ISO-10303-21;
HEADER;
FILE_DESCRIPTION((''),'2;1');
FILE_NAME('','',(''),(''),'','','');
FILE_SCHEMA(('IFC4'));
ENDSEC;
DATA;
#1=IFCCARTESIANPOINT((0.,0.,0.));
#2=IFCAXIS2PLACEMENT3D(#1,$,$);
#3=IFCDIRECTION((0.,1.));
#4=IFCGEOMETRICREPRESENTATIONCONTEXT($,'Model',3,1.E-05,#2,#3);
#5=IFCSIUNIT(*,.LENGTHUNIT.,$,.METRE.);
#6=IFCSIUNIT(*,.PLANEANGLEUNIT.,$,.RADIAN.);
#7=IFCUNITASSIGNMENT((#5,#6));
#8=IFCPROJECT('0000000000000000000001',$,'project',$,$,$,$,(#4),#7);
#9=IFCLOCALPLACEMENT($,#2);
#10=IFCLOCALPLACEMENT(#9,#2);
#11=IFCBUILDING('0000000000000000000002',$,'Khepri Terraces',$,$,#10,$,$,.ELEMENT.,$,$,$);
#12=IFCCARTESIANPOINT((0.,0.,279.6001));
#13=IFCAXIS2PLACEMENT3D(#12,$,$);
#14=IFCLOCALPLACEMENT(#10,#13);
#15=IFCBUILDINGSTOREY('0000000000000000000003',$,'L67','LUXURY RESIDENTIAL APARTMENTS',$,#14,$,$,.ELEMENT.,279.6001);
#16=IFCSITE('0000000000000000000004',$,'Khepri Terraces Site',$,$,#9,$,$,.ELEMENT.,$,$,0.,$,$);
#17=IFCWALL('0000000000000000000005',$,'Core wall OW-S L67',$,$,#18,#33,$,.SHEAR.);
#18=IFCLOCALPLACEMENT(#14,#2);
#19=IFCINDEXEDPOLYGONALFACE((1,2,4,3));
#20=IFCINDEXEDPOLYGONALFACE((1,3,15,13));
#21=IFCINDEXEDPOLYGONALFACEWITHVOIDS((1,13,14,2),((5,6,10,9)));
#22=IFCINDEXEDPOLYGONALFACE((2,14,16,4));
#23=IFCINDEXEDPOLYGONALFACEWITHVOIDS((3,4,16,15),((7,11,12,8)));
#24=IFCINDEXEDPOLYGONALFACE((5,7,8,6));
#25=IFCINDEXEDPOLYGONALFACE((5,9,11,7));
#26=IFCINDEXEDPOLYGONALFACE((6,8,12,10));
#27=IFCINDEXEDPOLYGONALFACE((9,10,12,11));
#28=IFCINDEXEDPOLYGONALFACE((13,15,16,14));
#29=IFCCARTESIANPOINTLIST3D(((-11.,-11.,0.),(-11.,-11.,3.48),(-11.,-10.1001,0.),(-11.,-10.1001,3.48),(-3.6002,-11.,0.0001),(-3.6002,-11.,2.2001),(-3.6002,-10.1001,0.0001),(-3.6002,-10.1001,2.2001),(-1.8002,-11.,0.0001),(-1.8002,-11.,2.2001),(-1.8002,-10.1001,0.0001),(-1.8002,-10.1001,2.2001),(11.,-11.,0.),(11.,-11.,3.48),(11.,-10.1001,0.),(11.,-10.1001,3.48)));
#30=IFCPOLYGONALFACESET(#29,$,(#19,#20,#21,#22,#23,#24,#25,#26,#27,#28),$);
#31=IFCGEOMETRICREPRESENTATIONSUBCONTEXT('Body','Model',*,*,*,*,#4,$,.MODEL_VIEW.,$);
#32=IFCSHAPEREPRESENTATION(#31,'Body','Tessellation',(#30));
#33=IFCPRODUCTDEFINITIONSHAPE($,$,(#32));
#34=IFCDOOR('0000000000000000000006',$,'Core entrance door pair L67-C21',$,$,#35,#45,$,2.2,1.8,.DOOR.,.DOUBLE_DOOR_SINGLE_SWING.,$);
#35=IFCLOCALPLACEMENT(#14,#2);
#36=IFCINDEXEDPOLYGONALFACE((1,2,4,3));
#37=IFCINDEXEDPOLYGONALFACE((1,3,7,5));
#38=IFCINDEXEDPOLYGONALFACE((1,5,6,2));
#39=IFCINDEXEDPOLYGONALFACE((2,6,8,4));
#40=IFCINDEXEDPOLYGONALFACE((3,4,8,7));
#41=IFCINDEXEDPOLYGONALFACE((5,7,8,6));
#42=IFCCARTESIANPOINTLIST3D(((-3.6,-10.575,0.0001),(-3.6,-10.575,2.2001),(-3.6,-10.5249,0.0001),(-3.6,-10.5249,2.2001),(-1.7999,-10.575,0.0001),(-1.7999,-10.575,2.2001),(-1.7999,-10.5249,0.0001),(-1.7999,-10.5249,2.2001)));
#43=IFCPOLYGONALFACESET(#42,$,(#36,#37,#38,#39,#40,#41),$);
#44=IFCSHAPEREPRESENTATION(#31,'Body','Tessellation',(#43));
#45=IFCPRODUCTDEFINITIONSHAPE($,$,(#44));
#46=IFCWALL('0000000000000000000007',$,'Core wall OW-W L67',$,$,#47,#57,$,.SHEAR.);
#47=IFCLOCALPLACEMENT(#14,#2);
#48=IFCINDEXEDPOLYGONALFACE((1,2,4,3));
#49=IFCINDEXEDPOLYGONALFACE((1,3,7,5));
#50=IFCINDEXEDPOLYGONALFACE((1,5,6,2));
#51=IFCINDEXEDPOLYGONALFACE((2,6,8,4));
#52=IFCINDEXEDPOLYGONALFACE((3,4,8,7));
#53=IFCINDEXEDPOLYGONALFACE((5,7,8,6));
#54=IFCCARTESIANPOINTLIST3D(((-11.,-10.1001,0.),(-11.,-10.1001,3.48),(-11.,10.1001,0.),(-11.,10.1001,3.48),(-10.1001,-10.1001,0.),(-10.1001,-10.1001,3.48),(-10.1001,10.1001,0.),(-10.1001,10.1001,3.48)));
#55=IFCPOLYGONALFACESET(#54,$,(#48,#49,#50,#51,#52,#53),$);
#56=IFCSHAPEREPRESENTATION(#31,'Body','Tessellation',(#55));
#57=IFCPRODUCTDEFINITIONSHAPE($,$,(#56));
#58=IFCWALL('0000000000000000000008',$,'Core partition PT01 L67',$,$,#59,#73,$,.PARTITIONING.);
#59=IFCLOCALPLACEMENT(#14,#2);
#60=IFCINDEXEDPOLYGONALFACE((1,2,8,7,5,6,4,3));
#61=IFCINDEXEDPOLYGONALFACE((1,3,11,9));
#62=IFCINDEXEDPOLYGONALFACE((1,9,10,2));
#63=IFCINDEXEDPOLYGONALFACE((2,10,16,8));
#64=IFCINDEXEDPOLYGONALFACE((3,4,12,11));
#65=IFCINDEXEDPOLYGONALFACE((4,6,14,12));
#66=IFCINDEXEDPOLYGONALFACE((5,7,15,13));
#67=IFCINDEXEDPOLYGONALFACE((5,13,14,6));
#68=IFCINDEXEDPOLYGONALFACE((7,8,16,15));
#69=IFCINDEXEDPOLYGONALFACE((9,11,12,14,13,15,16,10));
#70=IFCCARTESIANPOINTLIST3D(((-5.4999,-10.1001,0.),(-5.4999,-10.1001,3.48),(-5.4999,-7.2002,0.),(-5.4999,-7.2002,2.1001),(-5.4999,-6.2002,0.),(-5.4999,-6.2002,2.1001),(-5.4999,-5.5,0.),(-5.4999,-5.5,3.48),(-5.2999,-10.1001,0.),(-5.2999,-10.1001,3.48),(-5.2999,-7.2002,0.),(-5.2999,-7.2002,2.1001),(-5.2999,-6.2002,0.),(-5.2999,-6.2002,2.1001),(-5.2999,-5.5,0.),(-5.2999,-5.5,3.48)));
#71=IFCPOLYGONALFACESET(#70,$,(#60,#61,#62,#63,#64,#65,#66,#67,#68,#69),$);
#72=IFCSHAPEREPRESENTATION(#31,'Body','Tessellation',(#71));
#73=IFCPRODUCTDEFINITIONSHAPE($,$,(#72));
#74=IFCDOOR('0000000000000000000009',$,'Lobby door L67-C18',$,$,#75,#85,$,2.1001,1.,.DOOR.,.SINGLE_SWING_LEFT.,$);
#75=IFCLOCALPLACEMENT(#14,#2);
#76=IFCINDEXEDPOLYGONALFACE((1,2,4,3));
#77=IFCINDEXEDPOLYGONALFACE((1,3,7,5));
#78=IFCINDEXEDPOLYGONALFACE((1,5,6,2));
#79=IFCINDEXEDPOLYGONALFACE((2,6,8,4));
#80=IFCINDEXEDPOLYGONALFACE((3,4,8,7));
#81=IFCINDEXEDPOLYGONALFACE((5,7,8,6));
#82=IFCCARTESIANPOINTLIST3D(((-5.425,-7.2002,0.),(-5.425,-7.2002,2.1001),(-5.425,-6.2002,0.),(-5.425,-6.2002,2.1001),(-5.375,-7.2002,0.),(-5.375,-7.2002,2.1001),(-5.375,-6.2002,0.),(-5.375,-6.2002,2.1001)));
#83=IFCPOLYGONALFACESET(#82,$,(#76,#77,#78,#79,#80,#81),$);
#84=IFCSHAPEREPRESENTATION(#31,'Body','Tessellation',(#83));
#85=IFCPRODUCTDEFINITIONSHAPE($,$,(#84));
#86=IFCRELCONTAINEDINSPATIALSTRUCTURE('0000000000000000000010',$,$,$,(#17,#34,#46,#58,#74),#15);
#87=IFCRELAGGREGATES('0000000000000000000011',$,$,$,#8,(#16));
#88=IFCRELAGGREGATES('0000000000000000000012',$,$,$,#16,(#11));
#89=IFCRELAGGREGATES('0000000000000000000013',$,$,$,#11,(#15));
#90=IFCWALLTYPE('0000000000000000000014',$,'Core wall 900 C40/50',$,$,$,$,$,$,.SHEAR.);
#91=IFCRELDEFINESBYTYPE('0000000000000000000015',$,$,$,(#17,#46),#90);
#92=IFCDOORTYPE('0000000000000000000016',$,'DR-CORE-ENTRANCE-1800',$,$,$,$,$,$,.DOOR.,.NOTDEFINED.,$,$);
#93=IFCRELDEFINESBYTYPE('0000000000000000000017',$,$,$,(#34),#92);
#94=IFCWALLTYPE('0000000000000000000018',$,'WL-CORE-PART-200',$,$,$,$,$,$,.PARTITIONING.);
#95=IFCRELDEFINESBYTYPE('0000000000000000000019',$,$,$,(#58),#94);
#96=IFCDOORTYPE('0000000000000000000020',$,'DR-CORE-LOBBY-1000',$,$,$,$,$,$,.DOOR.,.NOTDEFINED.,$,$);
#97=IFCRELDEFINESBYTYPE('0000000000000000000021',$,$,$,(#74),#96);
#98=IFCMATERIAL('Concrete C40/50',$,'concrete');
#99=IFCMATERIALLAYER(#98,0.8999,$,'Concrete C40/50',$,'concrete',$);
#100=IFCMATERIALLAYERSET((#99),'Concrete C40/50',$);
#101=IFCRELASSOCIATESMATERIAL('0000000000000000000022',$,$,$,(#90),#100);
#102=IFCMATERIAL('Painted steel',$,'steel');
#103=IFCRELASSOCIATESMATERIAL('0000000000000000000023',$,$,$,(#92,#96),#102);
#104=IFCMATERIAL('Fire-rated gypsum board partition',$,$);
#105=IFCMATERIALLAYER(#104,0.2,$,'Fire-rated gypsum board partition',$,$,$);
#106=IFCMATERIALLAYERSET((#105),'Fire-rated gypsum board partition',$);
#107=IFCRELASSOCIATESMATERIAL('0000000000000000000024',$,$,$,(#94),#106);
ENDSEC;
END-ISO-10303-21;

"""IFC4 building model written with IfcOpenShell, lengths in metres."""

from ifc_helpers import new_model, si_unit, direction, frame, frame_2d, origin, place, context, subcontext, project, spatial, rectangle, extrude, material, layer, layer_set, type_object, element, fill, save


model = new_model("IFC4")

# Units and contexts
model_context = context("Model", 3, precision=1e-05, world=origin(), true_north=direction((0.0, 1.0)))
body_context = subcontext(model_context, "Body", "Model", "MODEL_VIEW")
ifc_project = project(units=[si_unit("LENGTHUNIT", "METRE"), si_unit("PLANEANGLEUNIT", "RADIAN")], contexts=[model_context])

# Site, building, storey
site_placement = place(None, origin())
site = spatial("IfcSite", under=ifc_project, at=site_placement, Name="Khepri Terraces Site", CompositionType="ELEMENT", RefElevation=0.0)
building_placement = place(site_placement, origin())
building = spatial("IfcBuilding", under=site, at=building_placement, Name="Khepri Terraces", CompositionType="ELEMENT")
storey_placement = place(building_placement, frame((0.0, 0.0, 279.6001)))
storey = spatial("IfcBuildingStorey", under=building, at=storey_placement, Name="L67", Description="LUXURY RESIDENTIAL APARTMENTS", CompositionType="ELEMENT", Elevation=279.6001)

# Wall, opening, door
ifc_material_1 = material(Name="Concrete C40/50", Category="concrete")
ifc_layer_1 = layer(ifc_material_1, 0.8999, Name="Concrete C40/50", Category="concrete")
ifc_layer_set_1 = layer_set([ifc_layer_1], Name="Concrete C40/50")
wall_type_1 = type_object("IfcWallType", Name="Core wall 900 C40/50", PredefinedType="SHEAR", material=ifc_layer_set_1)
wall_1_placement = place(storey_placement, frame((-11.0, -10.55, 0.0), z_axis=(0.0, 0.0, 1.0), x_axis=(1.0, 0.0, 0.0)))
wall_1 = element("IfcWall", 1, at=wall_1_placement, inside=storey, type_object=wall_type_1, Name="Core wall OW-S L67", PredefinedType="SHEAR", context=body_context, shape_type="SweptSolid", body=[
    extrude(rectangle(XDim=22.0, YDim=0.8999, at=frame_2d((11.0, 0.0))), origin(), (0.0, 0.0, 1.0), 3.48),
])
opening_1_placement = place(wall_1_placement, frame((7.3999, 0.0, 0.0)))
opening_1 = element("IfcOpeningElement", 2, at=opening_1_placement, cuts=wall_1, PredefinedType="OPENING", context=body_context, shape_type="SweptSolid", body=[
    extrude(rectangle(XDim=1.8, YDim=2.2, at=frame_2d((0.8999, 1.1001))), frame((0.0, 0.46, 0.0), z_axis=(0.0, -1.0, 0.0), x_axis=(1.0, 0.0, 0.0)), (0.0, 0.0, 1.0), 0.9199),
])
ifc_material_2 = material(Name="Painted steel", Category="steel")
door_type_1 = type_object("IfcDoorType", Name="DR-CORE-ENTRANCE-1800", OperationType="NOTDEFINED", PredefinedType="DOOR", material=ifc_material_2)
door_1_placement = place(opening_1_placement, frame((1.8, 0.0, 0.0), z_axis=(0.0, 0.0, 1.0), x_axis=(-1.0, 0.0, 0.0)))
door_1 = element("IfcDoor", 3, at=door_1_placement, inside=storey, type_object=door_type_1, Name="Core entrance door pair L67-C21", OperationType="DOUBLE_DOOR_SINGLE_SWING", OverallHeight=2.2, OverallWidth=1.8, PredefinedType="DOOR", context=body_context, shape_type="SweptSolid", body=[
    extrude(rectangle(XDim=1.8, YDim=2.2, at=frame_2d((0.8999, 1.1001))), frame((0.0, 0.0249, 0.0), z_axis=(0.0, -1.0, 0.0), x_axis=(1.0, 0.0, 0.0)), (0.0, 0.0, 1.0), 0.05),
])
fill(opening_1, door_1)

# Wall
wall_2_placement = place(storey_placement, frame((-10.55, -10.1001, 0.0), z_axis=(0.0, 0.0, 1.0), x_axis=(0.0, 1.0, 0.0)))
element("IfcWall", 4, at=wall_2_placement, inside=storey, type_object=wall_type_1, Name="Core wall OW-W L67", PredefinedType="SHEAR", context=body_context, shape_type="SweptSolid", body=[
    extrude(rectangle(XDim=20.2002, YDim=0.8999, at=frame_2d((10.1001, 0.0))), origin(), (0.0, 0.0, 1.0), 3.48),
])

# Wall, opening, door
ifc_material_3 = material(Name="Fire-rated gypsum board partition")
ifc_layer_2 = layer(ifc_material_3, 0.2, Name="Fire-rated gypsum board partition")
ifc_layer_set_2 = layer_set([ifc_layer_2], Name="Fire-rated gypsum board partition")
wall_type_2 = type_object("IfcWallType", Name="WL-CORE-PART-200", PredefinedType="PARTITIONING", material=ifc_layer_set_2)
wall_3_placement = place(storey_placement, frame((-5.3999, -10.1001, 0.0), z_axis=(0.0, 0.0, 1.0), x_axis=(0.0, 1.0, 0.0)))
wall_3 = element("IfcWall", 5, at=wall_3_placement, inside=storey, type_object=wall_type_2, Name="Core partition PT01 L67", PredefinedType="PARTITIONING", context=body_context, shape_type="SweptSolid", body=[
    extrude(rectangle(XDim=4.6001, YDim=0.2, at=frame_2d((2.3, 0.0))), origin(), (0.0, 0.0, 1.0), 3.48),
])
opening_2_placement = place(wall_3_placement, frame((2.8999, 0.0, 0.0)))
opening_2 = element("IfcOpeningElement", 6, at=opening_2_placement, cuts=wall_3, PredefinedType="OPENING", context=body_context, shape_type="SweptSolid", body=[
    extrude(rectangle(XDim=1.0, YDim=2.1001, at=frame_2d((0.5, 1.05))), frame((0.0, 0.1099, 0.0), z_axis=(0.0, -1.0, 0.0), x_axis=(1.0, 0.0, 0.0)), (0.0, 0.0, 1.0), 0.22),
])
door_type_2 = type_object("IfcDoorType", Name="DR-CORE-LOBBY-1000", OperationType="NOTDEFINED", PredefinedType="DOOR", material=ifc_material_2)
door_2_placement = place(opening_2_placement, frame((1.0, 0.0, 0.0), z_axis=(0.0, 0.0, 1.0), x_axis=(-1.0, 0.0, 0.0)))
door_2 = element("IfcDoor", 7, at=door_2_placement, inside=storey, type_object=door_type_2, Name="Lobby door L67-C18", OperationType="SINGLE_SWING_LEFT", OverallHeight=2.1001, OverallWidth=1.0, PredefinedType="DOOR", context=body_context, shape_type="SweptSolid", body=[
    extrude(rectangle(XDim=1.0, YDim=2.1001, at=frame_2d((0.5, 1.05))), frame((0.0, 0.0249, 0.0), z_axis=(0.0, -1.0, 0.0), x_axis=(1.0, 0.0, 0.0)), (0.0, 0.0, 1.0), 0.05),
])
fill(opening_2, door_2)

save(model, "model.ifc")
